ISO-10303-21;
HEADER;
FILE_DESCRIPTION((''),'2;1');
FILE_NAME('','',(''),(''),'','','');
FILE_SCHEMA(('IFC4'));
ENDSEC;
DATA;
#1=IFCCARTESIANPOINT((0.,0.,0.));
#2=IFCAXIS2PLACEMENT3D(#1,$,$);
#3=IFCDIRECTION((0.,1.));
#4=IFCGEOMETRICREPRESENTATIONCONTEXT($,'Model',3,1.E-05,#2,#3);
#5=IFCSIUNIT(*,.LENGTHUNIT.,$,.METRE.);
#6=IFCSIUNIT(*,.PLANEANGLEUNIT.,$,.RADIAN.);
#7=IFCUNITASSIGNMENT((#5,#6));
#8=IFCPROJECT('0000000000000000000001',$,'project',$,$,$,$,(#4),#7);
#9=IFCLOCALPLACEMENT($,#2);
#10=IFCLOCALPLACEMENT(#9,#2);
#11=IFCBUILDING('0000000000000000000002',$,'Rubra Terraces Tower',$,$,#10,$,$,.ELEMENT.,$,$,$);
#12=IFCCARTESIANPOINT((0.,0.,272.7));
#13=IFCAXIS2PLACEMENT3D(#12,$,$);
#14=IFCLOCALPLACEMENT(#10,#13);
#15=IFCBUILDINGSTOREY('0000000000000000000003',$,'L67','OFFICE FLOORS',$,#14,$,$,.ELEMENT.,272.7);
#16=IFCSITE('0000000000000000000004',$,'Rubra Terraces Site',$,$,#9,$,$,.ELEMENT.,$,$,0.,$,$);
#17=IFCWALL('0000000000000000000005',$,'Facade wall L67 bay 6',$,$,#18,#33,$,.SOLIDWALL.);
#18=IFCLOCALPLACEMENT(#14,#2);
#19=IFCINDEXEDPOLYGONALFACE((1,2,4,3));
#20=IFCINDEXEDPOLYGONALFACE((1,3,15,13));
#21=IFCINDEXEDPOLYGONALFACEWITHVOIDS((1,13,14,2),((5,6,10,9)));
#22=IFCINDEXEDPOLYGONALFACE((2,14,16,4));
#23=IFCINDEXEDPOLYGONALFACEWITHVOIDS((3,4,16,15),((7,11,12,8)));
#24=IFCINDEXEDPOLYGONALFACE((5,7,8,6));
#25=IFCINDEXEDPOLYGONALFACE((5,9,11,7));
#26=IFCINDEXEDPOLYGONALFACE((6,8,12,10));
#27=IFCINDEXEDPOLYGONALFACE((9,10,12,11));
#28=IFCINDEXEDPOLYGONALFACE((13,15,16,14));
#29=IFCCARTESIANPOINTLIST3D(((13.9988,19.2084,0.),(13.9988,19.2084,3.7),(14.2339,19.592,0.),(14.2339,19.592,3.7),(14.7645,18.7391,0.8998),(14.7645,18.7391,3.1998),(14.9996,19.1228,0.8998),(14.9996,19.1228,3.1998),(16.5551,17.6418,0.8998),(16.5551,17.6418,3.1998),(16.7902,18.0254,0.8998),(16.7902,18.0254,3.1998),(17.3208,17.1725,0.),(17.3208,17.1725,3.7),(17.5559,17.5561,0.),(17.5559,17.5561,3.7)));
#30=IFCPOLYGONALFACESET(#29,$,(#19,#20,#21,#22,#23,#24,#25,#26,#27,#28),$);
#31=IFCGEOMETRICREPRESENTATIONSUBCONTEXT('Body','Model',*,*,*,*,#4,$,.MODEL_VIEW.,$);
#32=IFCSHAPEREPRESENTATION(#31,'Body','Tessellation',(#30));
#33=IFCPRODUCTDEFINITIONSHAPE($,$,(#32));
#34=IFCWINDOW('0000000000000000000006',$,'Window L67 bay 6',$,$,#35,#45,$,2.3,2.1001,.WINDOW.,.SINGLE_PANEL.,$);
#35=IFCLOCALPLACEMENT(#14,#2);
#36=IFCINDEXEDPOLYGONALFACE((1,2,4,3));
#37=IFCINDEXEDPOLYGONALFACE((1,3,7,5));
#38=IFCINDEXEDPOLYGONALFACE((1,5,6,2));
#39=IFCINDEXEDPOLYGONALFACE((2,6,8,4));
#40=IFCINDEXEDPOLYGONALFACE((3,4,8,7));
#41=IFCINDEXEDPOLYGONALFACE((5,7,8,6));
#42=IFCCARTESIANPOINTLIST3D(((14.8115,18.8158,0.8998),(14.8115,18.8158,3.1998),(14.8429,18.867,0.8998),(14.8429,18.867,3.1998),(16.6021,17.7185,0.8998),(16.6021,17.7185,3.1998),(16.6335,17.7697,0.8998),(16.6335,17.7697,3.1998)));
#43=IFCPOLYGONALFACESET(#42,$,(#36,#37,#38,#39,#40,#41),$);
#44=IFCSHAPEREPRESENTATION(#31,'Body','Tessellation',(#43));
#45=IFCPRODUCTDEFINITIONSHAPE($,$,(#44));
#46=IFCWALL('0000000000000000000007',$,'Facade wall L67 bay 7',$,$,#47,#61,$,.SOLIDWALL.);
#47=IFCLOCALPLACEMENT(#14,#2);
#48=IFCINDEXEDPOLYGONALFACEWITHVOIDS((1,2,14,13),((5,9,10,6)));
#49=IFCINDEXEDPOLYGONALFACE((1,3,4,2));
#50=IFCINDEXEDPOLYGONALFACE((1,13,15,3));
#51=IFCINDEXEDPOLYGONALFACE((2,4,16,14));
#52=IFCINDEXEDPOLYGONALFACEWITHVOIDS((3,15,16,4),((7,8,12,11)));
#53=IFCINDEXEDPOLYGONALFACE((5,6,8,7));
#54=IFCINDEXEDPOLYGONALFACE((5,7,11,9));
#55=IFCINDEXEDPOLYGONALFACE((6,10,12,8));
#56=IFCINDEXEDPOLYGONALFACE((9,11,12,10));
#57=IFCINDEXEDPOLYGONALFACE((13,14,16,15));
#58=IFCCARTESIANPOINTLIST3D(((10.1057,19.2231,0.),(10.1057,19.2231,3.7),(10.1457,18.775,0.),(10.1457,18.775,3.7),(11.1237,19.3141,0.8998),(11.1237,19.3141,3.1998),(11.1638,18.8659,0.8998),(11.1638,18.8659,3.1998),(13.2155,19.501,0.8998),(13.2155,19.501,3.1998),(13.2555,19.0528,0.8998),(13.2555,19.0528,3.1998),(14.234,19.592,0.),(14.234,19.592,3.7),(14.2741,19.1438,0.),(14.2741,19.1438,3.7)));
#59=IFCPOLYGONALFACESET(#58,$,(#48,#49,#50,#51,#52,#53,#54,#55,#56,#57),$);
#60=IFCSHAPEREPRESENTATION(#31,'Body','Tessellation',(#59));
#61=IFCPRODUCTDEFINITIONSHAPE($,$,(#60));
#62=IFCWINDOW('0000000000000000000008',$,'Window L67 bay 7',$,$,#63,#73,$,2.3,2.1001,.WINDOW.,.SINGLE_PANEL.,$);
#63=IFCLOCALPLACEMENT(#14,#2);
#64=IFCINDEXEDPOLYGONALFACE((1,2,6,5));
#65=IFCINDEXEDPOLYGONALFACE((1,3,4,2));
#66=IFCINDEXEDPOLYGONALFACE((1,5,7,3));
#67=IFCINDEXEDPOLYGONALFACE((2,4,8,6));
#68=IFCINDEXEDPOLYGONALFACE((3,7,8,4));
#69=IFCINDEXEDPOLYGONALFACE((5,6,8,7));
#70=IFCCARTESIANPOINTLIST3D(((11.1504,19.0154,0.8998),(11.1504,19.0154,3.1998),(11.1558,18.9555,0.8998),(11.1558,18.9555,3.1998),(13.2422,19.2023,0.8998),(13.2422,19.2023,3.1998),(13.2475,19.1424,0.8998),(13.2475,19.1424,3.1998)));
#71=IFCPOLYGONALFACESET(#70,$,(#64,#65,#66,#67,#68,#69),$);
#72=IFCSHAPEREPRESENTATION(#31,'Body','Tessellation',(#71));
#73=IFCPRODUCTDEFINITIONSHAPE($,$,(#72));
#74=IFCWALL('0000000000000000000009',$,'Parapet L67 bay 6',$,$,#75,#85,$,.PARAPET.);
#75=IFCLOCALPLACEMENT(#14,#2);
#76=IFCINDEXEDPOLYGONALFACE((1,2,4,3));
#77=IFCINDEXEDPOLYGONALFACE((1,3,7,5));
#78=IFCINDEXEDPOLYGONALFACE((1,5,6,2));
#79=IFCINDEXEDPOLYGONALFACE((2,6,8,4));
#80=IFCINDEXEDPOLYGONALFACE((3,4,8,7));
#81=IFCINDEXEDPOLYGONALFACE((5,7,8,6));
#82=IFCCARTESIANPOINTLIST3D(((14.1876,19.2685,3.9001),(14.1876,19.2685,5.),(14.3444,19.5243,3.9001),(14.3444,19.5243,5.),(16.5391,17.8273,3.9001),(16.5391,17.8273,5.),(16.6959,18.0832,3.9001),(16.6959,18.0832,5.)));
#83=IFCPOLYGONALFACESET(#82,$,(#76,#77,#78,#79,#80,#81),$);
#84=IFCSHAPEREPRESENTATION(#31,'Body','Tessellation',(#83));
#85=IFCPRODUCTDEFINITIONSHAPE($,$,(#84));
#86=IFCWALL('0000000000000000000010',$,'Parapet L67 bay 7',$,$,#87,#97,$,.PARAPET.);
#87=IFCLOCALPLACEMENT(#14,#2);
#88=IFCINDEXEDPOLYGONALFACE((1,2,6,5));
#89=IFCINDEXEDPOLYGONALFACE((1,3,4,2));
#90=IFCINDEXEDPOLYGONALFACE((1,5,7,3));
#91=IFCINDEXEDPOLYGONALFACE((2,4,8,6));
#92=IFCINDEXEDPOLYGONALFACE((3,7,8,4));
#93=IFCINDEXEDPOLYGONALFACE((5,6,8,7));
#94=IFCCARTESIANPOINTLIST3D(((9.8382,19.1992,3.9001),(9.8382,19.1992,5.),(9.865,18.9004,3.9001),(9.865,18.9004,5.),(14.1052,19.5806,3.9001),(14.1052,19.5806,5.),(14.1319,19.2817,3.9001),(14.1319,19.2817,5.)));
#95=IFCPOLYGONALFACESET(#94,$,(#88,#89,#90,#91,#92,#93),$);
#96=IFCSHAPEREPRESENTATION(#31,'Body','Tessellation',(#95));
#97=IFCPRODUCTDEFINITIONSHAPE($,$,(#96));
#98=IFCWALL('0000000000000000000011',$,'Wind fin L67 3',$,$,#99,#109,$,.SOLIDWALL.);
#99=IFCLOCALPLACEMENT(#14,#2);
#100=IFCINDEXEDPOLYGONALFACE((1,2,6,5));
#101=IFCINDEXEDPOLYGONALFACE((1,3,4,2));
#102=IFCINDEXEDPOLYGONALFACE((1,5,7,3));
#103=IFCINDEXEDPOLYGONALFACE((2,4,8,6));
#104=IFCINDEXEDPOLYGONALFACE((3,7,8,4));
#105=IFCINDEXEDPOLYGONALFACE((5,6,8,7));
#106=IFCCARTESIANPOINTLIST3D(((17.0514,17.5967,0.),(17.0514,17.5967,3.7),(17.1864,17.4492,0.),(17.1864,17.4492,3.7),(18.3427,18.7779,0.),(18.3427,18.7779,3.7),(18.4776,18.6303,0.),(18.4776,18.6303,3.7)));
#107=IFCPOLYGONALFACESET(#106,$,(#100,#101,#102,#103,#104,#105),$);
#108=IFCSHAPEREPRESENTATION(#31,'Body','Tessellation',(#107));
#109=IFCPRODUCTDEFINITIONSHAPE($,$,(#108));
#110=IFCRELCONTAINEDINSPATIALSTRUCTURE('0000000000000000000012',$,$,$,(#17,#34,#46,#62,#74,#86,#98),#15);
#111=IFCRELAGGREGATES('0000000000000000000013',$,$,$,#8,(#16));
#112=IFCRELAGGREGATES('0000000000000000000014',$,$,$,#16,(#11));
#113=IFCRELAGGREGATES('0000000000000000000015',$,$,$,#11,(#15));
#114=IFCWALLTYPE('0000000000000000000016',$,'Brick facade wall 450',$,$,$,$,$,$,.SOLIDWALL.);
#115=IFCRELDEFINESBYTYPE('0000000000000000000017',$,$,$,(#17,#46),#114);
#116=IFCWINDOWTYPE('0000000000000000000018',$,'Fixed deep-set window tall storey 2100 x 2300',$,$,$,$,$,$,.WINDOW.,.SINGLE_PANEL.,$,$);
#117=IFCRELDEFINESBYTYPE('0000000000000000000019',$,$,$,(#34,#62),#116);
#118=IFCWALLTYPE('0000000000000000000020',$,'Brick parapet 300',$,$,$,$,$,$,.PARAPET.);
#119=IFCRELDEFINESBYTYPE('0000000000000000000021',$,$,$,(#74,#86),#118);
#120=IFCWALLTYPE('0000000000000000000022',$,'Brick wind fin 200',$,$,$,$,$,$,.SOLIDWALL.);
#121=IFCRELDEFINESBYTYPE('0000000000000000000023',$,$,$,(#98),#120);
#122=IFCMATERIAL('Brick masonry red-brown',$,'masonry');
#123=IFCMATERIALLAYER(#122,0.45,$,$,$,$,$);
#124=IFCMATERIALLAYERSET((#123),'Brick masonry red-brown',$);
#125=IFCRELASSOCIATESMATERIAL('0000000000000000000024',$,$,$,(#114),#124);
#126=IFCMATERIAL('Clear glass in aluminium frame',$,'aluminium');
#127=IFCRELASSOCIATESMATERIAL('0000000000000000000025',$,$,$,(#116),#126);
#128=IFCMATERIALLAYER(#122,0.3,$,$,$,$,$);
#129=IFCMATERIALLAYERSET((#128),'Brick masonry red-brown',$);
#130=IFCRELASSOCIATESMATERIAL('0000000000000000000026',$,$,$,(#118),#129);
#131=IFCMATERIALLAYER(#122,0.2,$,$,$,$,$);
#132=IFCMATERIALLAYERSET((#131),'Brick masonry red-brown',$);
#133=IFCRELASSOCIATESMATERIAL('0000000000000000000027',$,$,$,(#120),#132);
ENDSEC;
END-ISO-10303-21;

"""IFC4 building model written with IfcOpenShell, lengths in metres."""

from ifc_helpers import new_model, si_unit, direction, frame, frame_2d, origin, place, context, subcontext, project, spatial, rectangle, extrude, material, layer, layer_set, type_object, element, fill, save


model = new_model("IFC4")

# Units and contexts
model_context = context("Model", 3, precision=1e-05, world=origin(), true_north=direction((0.0, 1.0)))
body_context = subcontext(model_context, "Body", "Model", "MODEL_VIEW")
ifc_project = project(units=[si_unit("LENGTHUNIT", "METRE"), si_unit("PLANEANGLEUNIT", "RADIAN")], contexts=[model_context])

# Site, building, storey
site_placement = place(None, origin())
site = spatial("IfcSite", under=ifc_project, at=site_placement, Name="Rubra Terraces Site", CompositionType="ELEMENT", RefElevation=0.0)
building_placement = place(site_placement, origin())
building = spatial("IfcBuilding", under=site, at=building_placement, Name="Rubra Terraces Tower", CompositionType="ELEMENT")
storey_placement = place(building_placement, frame((0.0, 0.0, 272.7)))
storey = spatial("IfcBuildingStorey", under=building, at=storey_placement, Name="L67", Description="OFFICE FLOORS", CompositionType="ELEMENT", Elevation=272.7)

# Walls, openings, windows
ifc_material_1 = material(Name="Brick masonry red-brown", Category="masonry")
ifc_layer_1 = layer(ifc_material_1, 0.45)
ifc_layer_set_1 = layer_set([ifc_layer_1], Name="Brick masonry red-brown")
wall_type_1 = type_object("IfcWallType", Name="Brick facade wall 450", PredefinedType="SOLIDWALL", material=ifc_layer_set_1)
ifc_material_2 = material(Name="Clear glass in aluminium frame", Category="aluminium")
window_type = type_object("IfcWindowType", Name="Fixed deep-set window tall storey 2100 x 2300", PartitioningType="SINGLE_PANEL", PredefinedType="WINDOW", material=ifc_material_2)
wall_1_placement = place(storey_placement, frame((17.4385, 17.3643, 0.0), z_axis=(0.0, 0.0, 1.0), x_axis=(-0.852623, 0.522527, 0.0)))
wall_1 = element("IfcWall", 1, at=wall_1_placement, inside=storey, type_object=wall_type_1, Name="Facade wall L67 bay 6", PredefinedType="SOLIDWALL", context=body_context, shape_type="SweptSolid", body=[
    extrude(rectangle(XDim=3.8962, YDim=0.45, at=frame_2d((1.9482, 0.0))), origin(), (0.0, 0.0, 1.0), 3.7),
])
opening_1_placement = place(wall_1_placement, frame((0.8982, 0.0, 0.8999)))
opening_1 = element("IfcOpeningElement", 2, at=opening_1_placement, cuts=wall_1, PredefinedType="OPENING", context=body_context, shape_type="SweptSolid", body=[
    extrude(rectangle(XDim=2.1001, YDim=2.3, at=frame_2d((1.05, 1.1499))), frame((0.0, 0.2349, 0.0), z_axis=(0.0, -1.0, 0.0), x_axis=(1.0, 0.0, 0.0)), (0.0, 0.0, 1.0), 0.47),
])
window_1_placement = place(opening_1_placement, origin())
window_1 = element("IfcWindow", 3, at=window_1_placement, inside=storey, type_object=window_type, Name="Window L67 bay 6", OverallHeight=2.3, OverallWidth=2.1001, PartitioningType="SINGLE_PANEL", PredefinedType="WINDOW", context=body_context, shape_type="SweptSolid", body=[
    extrude(rectangle(XDim=2.1001, YDim=2.3, at=frame_2d((1.05, 1.1499))), frame((0.0, 0.135, 0.0), z_axis=(0.0, -1.0, 0.0), x_axis=(1.0, 0.0, 0.0)), (0.0, 0.0, 1.0), 0.0601),
])
fill(opening_1, window_1)
wall_2_placement = place(storey_placement, frame((14.2539, 19.3679, 0.0), z_axis=(0.0, 0.0, 1.0), x_axis=(-0.996032, -0.089001, 0.0)))
wall_2 = element("IfcWall", 4, at=wall_2_placement, inside=storey, type_object=wall_type_1, Name="Facade wall L67 bay 7", PredefinedType="SOLIDWALL", context=body_context, shape_type="SweptSolid", body=[
    extrude(rectangle(XDim=4.1448, YDim=0.45, at=frame_2d((2.0723, 0.0))), origin(), (0.0, 0.0, 1.0), 3.7),
])
opening_2_placement = place(wall_2_placement, frame((1.0225, 0.0, 0.8999)))
opening_2 = element("IfcOpeningElement", 5, at=opening_2_placement, cuts=wall_2, PredefinedType="OPENING", context=body_context, shape_type="SweptSolid", body=[
    extrude(rectangle(XDim=2.1001, YDim=2.3, at=frame_2d((1.05, 1.1499))), frame((0.0, 0.2349, 0.0), z_axis=(0.0, -1.0, 0.0), x_axis=(1.0, 0.0, 0.0)), (0.0, 0.0, 1.0), 0.47),
])
window_2_placement = place(opening_2_placement, origin())
window_2 = element("IfcWindow", 6, at=window_2_placement, inside=storey, type_object=window_type, Name="Window L67 bay 7", OverallHeight=2.3, OverallWidth=2.1001, PartitioningType="SINGLE_PANEL", PredefinedType="WINDOW", context=body_context, shape_type="SweptSolid", body=[
    extrude(rectangle(XDim=2.1001, YDim=2.3, at=frame_2d((1.05, 1.1499))), frame((0.0, 0.135, 0.0), z_axis=(0.0, -1.0, 0.0), x_axis=(1.0, 0.0, 0.0)), (0.0, 0.0, 1.0), 0.0601),
])
fill(opening_2, window_2)

# Walls
ifc_layer_2 = layer(ifc_material_1, 0.3)
ifc_layer_set_2 = layer_set([ifc_layer_2], Name="Brick masonry red-brown")
wall_type_2 = type_object("IfcWallType", Name="Brick parapet 300", PredefinedType="PARAPET", material=ifc_layer_set_2)
wall_3_placement = place(storey_placement, frame((16.6174, 17.9553, 3.9001), z_axis=(0.0, 0.0, 1.0), x_axis=(-0.85262, 0.522531, 0.0)))
element("IfcWall", 7, at=wall_3_placement, inside=storey, type_object=wall_type_2, Name="Parapet L67 bay 6", PredefinedType="PARAPET", context=body_context, shape_type="SweptSolid", body=[
    extrude(rectangle(XDim=2.7581, YDim=0.3, at=frame_2d((1.3789, 0.0))), origin(), (0.0, 0.0, 1.0), 1.0999),
])
wall_4_placement = place(storey_placement, frame((14.1187, 19.4312, 3.9001), z_axis=(0.0, 0.0, 1.0), x_axis=(-0.99603, -0.08902, 0.0)))
element("IfcWall", 8, at=wall_4_placement, inside=storey, type_object=wall_type_2, Name="Parapet L67 bay 7", PredefinedType="PARAPET", context=body_context, shape_type="SweptSolid", body=[
    extrude(rectangle(XDim=4.2839, YDim=0.3, at=frame_2d((2.1421, 0.0))), origin(), (0.0, 0.0, 1.0), 1.0999),
])
ifc_layer_3 = layer(ifc_material_1, 0.2)
ifc_layer_set_3 = layer_set([ifc_layer_3], Name="Brick masonry red-brown")
wall_type_3 = type_object("IfcWallType", Name="Brick wind fin 200", PredefinedType="SOLIDWALL", material=ifc_layer_set_3)
wall_5_placement = place(storey_placement, frame((17.1189, 17.5229, 0.0), z_axis=(0.0, 0.0, 1.0), x_axis=(0.737866, 0.674947, 0.0)))
element("IfcWall", 9, at=wall_5_placement, inside=storey, type_object=wall_type_3, Name="Wind fin L67 3", PredefinedType="SOLIDWALL", context=body_context, shape_type="SweptSolid", body=[
    extrude(rectangle(XDim=1.75, YDim=0.2, at=frame_2d((0.875, 0.0))), origin(), (0.0, 0.0, 1.0), 3.7),
])

save(model, "model.ifc")
